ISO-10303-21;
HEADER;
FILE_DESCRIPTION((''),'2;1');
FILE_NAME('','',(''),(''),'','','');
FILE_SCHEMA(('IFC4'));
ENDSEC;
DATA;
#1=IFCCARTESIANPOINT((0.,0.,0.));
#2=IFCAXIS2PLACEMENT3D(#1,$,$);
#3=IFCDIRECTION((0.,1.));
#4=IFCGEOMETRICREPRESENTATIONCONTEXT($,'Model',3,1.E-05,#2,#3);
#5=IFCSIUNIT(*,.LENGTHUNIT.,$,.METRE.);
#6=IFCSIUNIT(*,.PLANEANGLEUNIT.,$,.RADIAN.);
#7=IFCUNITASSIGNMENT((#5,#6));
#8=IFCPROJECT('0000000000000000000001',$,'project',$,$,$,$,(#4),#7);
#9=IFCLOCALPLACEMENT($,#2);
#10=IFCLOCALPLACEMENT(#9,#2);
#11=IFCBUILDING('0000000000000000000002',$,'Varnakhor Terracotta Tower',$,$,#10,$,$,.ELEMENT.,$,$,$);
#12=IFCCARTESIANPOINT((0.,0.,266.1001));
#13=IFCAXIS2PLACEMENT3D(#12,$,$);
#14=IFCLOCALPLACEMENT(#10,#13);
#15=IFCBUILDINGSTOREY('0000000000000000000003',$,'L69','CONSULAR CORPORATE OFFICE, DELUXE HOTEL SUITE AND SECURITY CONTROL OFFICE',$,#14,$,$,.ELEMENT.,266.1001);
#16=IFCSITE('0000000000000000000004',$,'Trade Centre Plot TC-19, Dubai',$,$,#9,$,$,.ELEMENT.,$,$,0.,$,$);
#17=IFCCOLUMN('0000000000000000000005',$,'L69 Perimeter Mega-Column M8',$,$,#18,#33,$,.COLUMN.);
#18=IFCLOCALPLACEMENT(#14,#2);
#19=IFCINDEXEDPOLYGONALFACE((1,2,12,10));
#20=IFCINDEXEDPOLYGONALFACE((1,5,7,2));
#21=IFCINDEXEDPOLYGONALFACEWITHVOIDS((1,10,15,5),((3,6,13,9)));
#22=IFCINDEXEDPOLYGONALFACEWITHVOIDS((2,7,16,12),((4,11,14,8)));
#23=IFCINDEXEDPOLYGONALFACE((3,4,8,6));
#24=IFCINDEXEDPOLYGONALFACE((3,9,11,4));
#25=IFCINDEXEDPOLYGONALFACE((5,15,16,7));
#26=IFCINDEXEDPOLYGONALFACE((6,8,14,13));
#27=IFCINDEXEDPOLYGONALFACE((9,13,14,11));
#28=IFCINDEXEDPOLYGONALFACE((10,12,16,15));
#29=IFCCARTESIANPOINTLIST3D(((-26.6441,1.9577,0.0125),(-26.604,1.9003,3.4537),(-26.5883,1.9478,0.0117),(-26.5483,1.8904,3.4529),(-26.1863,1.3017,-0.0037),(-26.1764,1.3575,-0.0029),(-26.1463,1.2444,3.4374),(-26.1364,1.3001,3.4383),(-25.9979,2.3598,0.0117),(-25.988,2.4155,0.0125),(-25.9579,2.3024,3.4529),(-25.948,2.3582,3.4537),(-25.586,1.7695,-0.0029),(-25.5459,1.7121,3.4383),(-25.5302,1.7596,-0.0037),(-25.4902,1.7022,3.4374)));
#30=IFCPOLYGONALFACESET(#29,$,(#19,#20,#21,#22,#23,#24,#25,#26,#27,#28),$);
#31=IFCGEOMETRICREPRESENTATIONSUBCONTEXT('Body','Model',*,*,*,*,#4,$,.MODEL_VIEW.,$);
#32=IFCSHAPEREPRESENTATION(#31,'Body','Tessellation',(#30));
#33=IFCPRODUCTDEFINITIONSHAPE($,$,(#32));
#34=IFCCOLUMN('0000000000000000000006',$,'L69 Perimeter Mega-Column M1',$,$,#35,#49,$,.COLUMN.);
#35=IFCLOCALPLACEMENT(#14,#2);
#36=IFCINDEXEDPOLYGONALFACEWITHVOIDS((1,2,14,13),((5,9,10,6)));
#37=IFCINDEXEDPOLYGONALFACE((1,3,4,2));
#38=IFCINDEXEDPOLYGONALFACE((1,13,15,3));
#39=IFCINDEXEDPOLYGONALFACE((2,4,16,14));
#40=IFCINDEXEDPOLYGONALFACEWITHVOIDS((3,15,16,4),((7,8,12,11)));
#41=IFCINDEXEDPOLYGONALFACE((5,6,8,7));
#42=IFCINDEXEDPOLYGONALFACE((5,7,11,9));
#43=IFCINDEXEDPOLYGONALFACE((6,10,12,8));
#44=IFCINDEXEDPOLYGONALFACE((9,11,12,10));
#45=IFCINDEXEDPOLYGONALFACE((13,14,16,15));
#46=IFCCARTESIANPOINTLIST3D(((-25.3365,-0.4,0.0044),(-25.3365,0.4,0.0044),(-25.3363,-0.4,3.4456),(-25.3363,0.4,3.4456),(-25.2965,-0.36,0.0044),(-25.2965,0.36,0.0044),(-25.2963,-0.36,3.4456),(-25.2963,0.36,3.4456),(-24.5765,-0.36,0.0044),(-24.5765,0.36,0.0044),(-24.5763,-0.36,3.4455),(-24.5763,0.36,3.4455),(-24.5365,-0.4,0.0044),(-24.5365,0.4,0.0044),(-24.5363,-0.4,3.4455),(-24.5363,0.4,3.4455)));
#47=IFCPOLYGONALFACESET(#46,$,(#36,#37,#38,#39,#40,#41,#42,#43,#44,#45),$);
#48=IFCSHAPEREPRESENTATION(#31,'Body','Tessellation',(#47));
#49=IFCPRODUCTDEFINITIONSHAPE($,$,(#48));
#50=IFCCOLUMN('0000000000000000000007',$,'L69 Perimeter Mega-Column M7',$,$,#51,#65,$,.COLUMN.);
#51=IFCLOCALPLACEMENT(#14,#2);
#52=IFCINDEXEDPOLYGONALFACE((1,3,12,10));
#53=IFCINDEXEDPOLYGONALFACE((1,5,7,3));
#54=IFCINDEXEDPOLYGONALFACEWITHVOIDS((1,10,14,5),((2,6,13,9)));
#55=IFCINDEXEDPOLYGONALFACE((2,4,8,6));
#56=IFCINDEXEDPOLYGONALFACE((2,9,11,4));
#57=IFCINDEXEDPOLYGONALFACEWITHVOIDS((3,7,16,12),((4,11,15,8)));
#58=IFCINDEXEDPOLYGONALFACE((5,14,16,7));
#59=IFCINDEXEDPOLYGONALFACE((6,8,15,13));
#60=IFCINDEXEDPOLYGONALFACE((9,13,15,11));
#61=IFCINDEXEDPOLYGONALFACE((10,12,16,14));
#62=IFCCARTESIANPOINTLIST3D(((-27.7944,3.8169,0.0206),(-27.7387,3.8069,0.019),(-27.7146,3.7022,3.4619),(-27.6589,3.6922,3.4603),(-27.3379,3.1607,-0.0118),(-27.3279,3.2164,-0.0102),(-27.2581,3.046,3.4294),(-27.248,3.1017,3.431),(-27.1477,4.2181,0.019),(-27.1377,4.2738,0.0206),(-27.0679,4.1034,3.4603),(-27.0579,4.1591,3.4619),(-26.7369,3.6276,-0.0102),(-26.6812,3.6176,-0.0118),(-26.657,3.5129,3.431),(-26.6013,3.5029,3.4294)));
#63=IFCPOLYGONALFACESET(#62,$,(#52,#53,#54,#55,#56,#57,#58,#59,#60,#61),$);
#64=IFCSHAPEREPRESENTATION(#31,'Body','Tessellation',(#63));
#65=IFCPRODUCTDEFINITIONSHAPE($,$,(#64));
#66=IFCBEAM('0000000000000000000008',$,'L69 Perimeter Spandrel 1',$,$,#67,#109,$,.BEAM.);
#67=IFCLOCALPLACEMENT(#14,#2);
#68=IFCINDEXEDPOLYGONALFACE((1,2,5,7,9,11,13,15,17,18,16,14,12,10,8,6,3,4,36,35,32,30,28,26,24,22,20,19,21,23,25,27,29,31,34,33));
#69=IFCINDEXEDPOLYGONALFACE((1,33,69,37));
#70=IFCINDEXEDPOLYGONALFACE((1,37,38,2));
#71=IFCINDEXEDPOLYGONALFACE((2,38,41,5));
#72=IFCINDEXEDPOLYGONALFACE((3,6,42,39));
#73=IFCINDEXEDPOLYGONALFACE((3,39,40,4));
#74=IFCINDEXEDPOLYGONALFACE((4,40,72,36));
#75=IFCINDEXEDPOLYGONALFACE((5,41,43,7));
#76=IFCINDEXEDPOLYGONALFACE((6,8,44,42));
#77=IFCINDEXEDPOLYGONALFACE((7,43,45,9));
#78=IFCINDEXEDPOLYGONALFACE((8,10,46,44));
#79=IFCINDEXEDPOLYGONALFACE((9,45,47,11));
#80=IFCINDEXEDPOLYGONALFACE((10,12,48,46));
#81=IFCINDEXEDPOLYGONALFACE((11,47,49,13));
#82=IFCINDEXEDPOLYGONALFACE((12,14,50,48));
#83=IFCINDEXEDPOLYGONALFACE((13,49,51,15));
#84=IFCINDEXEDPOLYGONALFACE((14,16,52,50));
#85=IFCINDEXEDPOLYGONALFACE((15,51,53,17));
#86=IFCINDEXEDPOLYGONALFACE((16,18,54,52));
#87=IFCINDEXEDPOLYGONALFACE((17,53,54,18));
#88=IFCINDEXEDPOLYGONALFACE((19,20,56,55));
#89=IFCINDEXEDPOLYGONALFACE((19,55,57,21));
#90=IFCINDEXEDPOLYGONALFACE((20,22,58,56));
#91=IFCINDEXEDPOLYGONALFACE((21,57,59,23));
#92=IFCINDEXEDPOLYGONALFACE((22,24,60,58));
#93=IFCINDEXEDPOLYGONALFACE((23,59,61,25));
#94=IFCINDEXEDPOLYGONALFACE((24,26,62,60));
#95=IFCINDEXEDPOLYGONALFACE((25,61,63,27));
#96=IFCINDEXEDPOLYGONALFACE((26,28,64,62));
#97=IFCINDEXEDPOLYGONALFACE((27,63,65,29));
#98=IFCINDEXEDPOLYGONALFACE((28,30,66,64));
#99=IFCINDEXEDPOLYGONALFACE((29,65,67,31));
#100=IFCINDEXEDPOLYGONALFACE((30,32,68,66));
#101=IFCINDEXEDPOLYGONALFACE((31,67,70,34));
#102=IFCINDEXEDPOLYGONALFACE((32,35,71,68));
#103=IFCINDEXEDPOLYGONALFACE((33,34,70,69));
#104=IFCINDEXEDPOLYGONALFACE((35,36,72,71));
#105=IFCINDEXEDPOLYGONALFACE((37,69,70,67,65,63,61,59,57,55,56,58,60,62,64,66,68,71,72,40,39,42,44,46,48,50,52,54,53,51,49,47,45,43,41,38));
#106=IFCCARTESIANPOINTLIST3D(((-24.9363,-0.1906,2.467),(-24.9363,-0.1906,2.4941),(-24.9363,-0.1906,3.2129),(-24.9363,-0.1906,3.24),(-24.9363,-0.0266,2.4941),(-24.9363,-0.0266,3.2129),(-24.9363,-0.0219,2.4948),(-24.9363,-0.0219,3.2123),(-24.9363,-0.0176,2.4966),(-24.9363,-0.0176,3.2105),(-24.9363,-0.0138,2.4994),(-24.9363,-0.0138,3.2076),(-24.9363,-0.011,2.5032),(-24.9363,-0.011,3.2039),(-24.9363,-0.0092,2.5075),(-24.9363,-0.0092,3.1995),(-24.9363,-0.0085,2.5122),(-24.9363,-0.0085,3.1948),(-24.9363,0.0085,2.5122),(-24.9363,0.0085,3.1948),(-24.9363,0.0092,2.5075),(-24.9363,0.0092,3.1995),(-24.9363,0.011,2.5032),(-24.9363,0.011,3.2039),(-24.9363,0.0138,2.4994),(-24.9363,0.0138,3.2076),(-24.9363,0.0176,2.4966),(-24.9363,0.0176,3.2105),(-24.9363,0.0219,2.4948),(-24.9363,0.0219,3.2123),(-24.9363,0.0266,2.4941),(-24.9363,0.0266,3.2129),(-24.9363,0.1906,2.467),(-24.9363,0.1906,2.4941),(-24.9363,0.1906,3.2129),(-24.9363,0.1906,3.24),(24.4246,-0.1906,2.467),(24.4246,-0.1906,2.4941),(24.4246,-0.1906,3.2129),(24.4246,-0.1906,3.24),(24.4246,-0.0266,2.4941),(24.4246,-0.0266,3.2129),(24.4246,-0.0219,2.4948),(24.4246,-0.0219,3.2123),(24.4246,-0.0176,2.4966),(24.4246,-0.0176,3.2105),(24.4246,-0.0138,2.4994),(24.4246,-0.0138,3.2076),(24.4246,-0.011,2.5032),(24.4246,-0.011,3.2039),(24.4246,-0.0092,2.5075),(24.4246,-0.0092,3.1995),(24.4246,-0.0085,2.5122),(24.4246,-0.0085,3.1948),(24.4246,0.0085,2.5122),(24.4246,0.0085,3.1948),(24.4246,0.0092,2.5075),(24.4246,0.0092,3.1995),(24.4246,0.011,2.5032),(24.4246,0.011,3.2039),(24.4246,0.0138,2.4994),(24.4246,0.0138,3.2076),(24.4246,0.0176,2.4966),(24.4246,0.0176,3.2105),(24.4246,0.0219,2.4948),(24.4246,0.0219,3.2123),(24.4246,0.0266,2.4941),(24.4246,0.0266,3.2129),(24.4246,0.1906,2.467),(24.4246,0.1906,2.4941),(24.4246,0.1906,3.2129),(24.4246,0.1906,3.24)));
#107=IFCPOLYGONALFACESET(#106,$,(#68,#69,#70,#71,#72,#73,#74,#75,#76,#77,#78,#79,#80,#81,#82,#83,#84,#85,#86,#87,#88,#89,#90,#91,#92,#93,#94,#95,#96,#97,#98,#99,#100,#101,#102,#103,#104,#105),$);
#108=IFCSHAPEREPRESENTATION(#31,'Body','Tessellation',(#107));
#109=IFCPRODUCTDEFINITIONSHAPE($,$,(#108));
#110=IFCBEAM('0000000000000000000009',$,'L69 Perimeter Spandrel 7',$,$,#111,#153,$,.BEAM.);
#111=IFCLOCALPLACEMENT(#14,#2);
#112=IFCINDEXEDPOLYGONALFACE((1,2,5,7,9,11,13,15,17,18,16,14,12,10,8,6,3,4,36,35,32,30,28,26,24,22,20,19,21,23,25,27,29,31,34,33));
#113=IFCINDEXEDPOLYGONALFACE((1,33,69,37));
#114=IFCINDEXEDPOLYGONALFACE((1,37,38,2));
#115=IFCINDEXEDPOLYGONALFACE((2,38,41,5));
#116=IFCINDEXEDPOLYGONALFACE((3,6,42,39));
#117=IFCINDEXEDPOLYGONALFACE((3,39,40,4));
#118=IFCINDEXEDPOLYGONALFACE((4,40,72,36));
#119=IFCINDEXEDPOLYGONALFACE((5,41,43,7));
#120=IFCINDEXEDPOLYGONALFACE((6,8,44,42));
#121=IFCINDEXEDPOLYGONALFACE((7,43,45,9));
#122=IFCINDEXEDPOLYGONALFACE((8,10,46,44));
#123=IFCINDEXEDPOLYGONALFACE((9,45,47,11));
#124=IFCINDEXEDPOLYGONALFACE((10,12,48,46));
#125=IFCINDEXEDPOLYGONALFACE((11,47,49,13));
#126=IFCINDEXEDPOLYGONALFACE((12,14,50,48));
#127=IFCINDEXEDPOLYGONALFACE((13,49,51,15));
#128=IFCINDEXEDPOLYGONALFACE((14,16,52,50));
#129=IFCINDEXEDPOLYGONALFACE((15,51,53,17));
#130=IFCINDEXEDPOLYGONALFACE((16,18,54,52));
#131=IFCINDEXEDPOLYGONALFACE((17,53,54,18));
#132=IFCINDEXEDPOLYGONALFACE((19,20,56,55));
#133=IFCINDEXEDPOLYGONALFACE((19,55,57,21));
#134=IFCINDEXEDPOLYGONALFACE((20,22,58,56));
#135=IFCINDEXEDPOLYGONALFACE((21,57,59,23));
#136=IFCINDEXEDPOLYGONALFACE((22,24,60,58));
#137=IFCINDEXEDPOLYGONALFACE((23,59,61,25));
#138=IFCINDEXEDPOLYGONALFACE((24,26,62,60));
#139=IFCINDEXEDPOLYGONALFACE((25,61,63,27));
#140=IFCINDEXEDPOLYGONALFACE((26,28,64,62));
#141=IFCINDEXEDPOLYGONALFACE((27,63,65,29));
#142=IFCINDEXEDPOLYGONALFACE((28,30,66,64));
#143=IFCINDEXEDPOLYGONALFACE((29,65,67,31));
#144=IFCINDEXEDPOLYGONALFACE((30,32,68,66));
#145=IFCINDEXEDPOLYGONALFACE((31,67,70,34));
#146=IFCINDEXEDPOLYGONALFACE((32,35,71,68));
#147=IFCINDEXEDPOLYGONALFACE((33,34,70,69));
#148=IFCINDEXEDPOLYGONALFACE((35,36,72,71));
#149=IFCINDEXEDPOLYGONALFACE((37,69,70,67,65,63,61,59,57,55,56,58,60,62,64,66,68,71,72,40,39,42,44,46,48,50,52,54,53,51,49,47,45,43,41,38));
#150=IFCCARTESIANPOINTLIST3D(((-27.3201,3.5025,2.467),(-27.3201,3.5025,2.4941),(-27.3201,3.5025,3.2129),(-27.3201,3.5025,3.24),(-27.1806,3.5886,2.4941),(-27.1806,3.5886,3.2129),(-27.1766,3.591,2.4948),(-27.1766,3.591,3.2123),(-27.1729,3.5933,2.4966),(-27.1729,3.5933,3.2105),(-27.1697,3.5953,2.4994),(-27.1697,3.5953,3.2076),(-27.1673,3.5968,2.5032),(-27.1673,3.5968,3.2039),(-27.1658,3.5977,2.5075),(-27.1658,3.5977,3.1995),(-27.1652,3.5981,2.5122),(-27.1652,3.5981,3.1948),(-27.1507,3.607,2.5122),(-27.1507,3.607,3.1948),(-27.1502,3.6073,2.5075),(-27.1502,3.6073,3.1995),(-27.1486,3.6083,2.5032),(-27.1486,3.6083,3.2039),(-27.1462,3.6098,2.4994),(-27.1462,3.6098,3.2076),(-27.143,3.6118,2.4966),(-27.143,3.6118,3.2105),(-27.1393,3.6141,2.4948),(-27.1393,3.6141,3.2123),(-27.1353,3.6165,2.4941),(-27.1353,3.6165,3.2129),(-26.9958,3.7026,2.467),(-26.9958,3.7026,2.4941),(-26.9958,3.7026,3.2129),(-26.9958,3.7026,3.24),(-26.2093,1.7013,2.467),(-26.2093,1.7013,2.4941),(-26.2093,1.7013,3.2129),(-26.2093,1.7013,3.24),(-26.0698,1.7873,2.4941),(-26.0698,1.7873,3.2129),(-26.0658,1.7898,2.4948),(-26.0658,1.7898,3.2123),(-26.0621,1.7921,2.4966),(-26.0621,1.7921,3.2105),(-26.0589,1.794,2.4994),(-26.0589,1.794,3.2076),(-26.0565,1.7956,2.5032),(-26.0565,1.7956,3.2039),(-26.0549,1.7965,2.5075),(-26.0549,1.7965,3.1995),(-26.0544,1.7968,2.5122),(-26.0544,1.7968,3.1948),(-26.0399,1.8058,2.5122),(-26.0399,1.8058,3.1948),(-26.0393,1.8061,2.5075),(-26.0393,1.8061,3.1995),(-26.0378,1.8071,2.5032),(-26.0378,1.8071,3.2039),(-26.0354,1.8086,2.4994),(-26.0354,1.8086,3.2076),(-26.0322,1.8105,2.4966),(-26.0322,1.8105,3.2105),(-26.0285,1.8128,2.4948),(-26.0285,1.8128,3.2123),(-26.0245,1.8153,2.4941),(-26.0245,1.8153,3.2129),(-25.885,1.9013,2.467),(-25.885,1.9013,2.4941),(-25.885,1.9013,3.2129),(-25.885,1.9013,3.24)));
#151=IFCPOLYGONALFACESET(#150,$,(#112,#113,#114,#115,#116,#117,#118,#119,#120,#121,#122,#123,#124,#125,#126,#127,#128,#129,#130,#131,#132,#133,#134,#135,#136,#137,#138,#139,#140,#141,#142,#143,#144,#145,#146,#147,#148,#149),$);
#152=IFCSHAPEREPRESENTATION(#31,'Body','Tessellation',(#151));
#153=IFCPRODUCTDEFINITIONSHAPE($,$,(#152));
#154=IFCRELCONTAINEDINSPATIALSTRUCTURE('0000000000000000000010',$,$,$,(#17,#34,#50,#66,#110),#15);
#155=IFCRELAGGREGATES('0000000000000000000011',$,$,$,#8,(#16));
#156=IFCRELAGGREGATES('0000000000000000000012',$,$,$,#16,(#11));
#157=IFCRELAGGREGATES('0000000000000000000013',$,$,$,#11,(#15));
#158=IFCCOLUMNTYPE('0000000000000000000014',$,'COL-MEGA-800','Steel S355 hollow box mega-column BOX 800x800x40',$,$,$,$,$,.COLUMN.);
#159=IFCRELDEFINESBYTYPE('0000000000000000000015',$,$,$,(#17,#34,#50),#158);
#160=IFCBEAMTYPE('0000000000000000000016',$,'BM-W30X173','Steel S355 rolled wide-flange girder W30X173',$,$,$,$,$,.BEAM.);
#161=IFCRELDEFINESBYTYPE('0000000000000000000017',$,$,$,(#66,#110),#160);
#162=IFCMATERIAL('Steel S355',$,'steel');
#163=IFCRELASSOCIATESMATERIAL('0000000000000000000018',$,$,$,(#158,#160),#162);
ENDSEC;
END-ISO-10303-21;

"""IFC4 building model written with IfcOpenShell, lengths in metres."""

from ifc_helpers import new_model, si_unit, direction, frame, origin, origin_2d, place, context, subcontext, project, spatial, hollow_rectangle, i_section, extrude, source, transform, mapped, material, material_profile, profile_set, type_object, element, save


model = new_model("IFC4")

# Units and contexts
model_context = context("Model", 3, precision=1e-05, world=origin(), true_north=direction((0.0, 1.0)))
body_context = subcontext(model_context, "Body", "Model", "MODEL_VIEW")
ifc_project = project(units=[si_unit("LENGTHUNIT", "METRE"), si_unit("PLANEANGLEUNIT", "RADIAN")], contexts=[model_context])

# Site, building, storey
site_placement = place(None, origin())
site = spatial("IfcSite", under=ifc_project, at=site_placement, Name="Trade Centre Plot TC-19, Dubai", CompositionType="ELEMENT", RefElevation=0.0)
building_placement = place(site_placement, origin())
building = spatial("IfcBuilding", under=site, at=building_placement, Name="Varnakhor Terracotta Tower", CompositionType="ELEMENT")
storey_placement = place(building_placement, frame((0.0, 0.0, 266.1001)))
storey = spatial("IfcBuildingStorey", under=building, at=storey_placement, Name="L69", Description="CONSULAR CORPORATE OFFICE, DELUXE HOTEL SUITE AND SECURITY CONTROL OFFICE", CompositionType="ELEMENT", Elevation=266.1001)

# Columns
ifc_material_1 = material(Name="Steel S355", Category="steel")
ifc_material_profile_1 = material_profile(ifc_material_1, hollow_rectangle(XDim=0.8, YDim=0.8, WallThickness=0.04, at=origin_2d()), Name="BOX 800x800x40")
ifc_profile_set_1 = profile_set([ifc_material_profile_1], Name="Steel S355")
column_type = type_object("IfcColumnType", Name="COL-MEGA-800", Description="Steel S355 hollow box mega-column BOX 800x800x40", PredefinedType="COLUMN", material=ifc_profile_set_1)
shared_shape_1 = source(origin(), body_context, "Body", "SweptSolid", [
    extrude(hollow_rectangle(XDim=0.8, YDim=0.8, WallThickness=0.04, at=origin_2d()), origin(), (0.0, 0.0, 1.0), 3.4419),
])
column_1_placement = place(storey_placement, frame((-26.0872, 1.8586, 0.0044), z_axis=(0.011633, -0.016669, 0.999793), x_axis=(0.820051, 0.572291, 0.0)))
element("IfcColumn", 1, at=column_1_placement, inside=storey, type_object=column_type, Name="L69 Perimeter Mega-Column M8", PredefinedType="COLUMN", context=body_context, shape_type="MappedRepresentation", body=[
    mapped(shared_shape_1, transform((0.0, 0.0, 0.0), scale=1.0)),
])
shared_shape_2 = source(origin(), body_context, "Body", "SweptSolid", [
    extrude(hollow_rectangle(XDim=0.8, YDim=0.8, WallThickness=0.04, at=origin_2d()), origin(), (0.0, 0.0, 1.0), 3.4412),
])
column_2_placement = place(storey_placement, frame((-24.9365, 0.0, 0.0044), z_axis=(0.000071, 0.0, 1.0), x_axis=(1.0, 0.0, 0.0)))
element("IfcColumn", 2, at=column_2_placement, inside=storey, type_object=column_type, Name="L69 Perimeter Mega-Column M1", PredefinedType="COLUMN", context=body_context, shape_type="MappedRepresentation", body=[
    mapped(shared_shape_2, transform((0.0, 0.0, 0.0), scale=1.0)),
])
shared_shape_3 = source(origin(), body_context, "Body", "SweptSolid", [
    extrude(hollow_rectangle(XDim=0.8, YDim=0.8, WallThickness=0.04, at=origin_2d()), origin(), (0.0, 0.0, 1.0), 3.4441),
])
column_3_placement = place(storey_placement, frame((-27.2378, 3.7173, 0.0044), z_axis=(0.023181, -0.033318, 0.999176), x_axis=(0.82087, 0.571116, 0.0)))
element("IfcColumn", 3, at=column_3_placement, inside=storey, type_object=column_type, Name="L69 Perimeter Mega-Column M7", PredefinedType="COLUMN", context=body_context, shape_type="MappedRepresentation", body=[
    mapped(shared_shape_3, transform((0.0, 0.0, 0.0), scale=1.0)),
])

# Beams
ifc_material_profile_2 = material_profile(ifc_material_1, i_section(OverallWidth=0.3811, OverallDepth=0.7729, WebThickness=0.0171, FlangeThickness=0.0271, FilletRadius=0.0181, at=origin_2d()), Name="W30X173")
ifc_profile_set_2 = profile_set([ifc_material_profile_2], Name="Steel S355")
beam_type_1 = type_object("IfcBeamType", Name="BM-W30X173", Description="Steel S355 rolled wide-flange girder W30X173", PredefinedType="BEAM", material=ifc_profile_set_2)
shared_shape_4 = source(origin(), body_context, "Body", "SweptSolid", [
    extrude(i_section(OverallWidth=0.3811, OverallDepth=0.7729, WebThickness=0.0171, FlangeThickness=0.0271, FilletRadius=0.0181, at=origin_2d()), origin(), (0.0, 0.0, 1.0), 49.3608),
])
beam_1_placement = place(storey_placement, frame((-24.9363, 0.0, 2.8535), z_axis=(1.0, 0.0, 0.0), x_axis=(0.0, 1.0, 0.0)))
element("IfcBeam", 4, at=beam_1_placement, inside=storey, type_object=beam_type_1, Name="L69 Perimeter Spandrel 1", PredefinedType="BEAM", context=body_context, shape_type="MappedRepresentation", body=[
    mapped(shared_shape_4, transform((0.0, 0.0, 0.0), scale=1.0)),
])
shared_shape_5 = source(origin(), body_context, "Body", "SweptSolid", [
    extrude(i_section(OverallWidth=0.3811, OverallDepth=0.7729, WebThickness=0.0171, FlangeThickness=0.0271, FilletRadius=0.0181, at=origin_2d()), origin(), (0.0, 0.0, 1.0), 2.1162),
])
for number, where, z_axis, x_axis, name in (
    (5, (-27.158, 3.6025, 2.8535), (0.524908, -0.851159, 0.0), (0.851159, 0.524908, 0.0), "L69 Perimeter Spandrel 7"),
):
    element("IfcBeam", number, at=place(storey_placement, frame(where, z_axis=z_axis, x_axis=x_axis)), inside=storey, type_object=beam_type_1, Name=name, PredefinedType="BEAM", context=body_context, shape_type="MappedRepresentation", body=[
        mapped(shared_shape_5, transform((0.0, 0.0, 0.0), scale=1.0)),
    ])

save(model, "model.ifc")
